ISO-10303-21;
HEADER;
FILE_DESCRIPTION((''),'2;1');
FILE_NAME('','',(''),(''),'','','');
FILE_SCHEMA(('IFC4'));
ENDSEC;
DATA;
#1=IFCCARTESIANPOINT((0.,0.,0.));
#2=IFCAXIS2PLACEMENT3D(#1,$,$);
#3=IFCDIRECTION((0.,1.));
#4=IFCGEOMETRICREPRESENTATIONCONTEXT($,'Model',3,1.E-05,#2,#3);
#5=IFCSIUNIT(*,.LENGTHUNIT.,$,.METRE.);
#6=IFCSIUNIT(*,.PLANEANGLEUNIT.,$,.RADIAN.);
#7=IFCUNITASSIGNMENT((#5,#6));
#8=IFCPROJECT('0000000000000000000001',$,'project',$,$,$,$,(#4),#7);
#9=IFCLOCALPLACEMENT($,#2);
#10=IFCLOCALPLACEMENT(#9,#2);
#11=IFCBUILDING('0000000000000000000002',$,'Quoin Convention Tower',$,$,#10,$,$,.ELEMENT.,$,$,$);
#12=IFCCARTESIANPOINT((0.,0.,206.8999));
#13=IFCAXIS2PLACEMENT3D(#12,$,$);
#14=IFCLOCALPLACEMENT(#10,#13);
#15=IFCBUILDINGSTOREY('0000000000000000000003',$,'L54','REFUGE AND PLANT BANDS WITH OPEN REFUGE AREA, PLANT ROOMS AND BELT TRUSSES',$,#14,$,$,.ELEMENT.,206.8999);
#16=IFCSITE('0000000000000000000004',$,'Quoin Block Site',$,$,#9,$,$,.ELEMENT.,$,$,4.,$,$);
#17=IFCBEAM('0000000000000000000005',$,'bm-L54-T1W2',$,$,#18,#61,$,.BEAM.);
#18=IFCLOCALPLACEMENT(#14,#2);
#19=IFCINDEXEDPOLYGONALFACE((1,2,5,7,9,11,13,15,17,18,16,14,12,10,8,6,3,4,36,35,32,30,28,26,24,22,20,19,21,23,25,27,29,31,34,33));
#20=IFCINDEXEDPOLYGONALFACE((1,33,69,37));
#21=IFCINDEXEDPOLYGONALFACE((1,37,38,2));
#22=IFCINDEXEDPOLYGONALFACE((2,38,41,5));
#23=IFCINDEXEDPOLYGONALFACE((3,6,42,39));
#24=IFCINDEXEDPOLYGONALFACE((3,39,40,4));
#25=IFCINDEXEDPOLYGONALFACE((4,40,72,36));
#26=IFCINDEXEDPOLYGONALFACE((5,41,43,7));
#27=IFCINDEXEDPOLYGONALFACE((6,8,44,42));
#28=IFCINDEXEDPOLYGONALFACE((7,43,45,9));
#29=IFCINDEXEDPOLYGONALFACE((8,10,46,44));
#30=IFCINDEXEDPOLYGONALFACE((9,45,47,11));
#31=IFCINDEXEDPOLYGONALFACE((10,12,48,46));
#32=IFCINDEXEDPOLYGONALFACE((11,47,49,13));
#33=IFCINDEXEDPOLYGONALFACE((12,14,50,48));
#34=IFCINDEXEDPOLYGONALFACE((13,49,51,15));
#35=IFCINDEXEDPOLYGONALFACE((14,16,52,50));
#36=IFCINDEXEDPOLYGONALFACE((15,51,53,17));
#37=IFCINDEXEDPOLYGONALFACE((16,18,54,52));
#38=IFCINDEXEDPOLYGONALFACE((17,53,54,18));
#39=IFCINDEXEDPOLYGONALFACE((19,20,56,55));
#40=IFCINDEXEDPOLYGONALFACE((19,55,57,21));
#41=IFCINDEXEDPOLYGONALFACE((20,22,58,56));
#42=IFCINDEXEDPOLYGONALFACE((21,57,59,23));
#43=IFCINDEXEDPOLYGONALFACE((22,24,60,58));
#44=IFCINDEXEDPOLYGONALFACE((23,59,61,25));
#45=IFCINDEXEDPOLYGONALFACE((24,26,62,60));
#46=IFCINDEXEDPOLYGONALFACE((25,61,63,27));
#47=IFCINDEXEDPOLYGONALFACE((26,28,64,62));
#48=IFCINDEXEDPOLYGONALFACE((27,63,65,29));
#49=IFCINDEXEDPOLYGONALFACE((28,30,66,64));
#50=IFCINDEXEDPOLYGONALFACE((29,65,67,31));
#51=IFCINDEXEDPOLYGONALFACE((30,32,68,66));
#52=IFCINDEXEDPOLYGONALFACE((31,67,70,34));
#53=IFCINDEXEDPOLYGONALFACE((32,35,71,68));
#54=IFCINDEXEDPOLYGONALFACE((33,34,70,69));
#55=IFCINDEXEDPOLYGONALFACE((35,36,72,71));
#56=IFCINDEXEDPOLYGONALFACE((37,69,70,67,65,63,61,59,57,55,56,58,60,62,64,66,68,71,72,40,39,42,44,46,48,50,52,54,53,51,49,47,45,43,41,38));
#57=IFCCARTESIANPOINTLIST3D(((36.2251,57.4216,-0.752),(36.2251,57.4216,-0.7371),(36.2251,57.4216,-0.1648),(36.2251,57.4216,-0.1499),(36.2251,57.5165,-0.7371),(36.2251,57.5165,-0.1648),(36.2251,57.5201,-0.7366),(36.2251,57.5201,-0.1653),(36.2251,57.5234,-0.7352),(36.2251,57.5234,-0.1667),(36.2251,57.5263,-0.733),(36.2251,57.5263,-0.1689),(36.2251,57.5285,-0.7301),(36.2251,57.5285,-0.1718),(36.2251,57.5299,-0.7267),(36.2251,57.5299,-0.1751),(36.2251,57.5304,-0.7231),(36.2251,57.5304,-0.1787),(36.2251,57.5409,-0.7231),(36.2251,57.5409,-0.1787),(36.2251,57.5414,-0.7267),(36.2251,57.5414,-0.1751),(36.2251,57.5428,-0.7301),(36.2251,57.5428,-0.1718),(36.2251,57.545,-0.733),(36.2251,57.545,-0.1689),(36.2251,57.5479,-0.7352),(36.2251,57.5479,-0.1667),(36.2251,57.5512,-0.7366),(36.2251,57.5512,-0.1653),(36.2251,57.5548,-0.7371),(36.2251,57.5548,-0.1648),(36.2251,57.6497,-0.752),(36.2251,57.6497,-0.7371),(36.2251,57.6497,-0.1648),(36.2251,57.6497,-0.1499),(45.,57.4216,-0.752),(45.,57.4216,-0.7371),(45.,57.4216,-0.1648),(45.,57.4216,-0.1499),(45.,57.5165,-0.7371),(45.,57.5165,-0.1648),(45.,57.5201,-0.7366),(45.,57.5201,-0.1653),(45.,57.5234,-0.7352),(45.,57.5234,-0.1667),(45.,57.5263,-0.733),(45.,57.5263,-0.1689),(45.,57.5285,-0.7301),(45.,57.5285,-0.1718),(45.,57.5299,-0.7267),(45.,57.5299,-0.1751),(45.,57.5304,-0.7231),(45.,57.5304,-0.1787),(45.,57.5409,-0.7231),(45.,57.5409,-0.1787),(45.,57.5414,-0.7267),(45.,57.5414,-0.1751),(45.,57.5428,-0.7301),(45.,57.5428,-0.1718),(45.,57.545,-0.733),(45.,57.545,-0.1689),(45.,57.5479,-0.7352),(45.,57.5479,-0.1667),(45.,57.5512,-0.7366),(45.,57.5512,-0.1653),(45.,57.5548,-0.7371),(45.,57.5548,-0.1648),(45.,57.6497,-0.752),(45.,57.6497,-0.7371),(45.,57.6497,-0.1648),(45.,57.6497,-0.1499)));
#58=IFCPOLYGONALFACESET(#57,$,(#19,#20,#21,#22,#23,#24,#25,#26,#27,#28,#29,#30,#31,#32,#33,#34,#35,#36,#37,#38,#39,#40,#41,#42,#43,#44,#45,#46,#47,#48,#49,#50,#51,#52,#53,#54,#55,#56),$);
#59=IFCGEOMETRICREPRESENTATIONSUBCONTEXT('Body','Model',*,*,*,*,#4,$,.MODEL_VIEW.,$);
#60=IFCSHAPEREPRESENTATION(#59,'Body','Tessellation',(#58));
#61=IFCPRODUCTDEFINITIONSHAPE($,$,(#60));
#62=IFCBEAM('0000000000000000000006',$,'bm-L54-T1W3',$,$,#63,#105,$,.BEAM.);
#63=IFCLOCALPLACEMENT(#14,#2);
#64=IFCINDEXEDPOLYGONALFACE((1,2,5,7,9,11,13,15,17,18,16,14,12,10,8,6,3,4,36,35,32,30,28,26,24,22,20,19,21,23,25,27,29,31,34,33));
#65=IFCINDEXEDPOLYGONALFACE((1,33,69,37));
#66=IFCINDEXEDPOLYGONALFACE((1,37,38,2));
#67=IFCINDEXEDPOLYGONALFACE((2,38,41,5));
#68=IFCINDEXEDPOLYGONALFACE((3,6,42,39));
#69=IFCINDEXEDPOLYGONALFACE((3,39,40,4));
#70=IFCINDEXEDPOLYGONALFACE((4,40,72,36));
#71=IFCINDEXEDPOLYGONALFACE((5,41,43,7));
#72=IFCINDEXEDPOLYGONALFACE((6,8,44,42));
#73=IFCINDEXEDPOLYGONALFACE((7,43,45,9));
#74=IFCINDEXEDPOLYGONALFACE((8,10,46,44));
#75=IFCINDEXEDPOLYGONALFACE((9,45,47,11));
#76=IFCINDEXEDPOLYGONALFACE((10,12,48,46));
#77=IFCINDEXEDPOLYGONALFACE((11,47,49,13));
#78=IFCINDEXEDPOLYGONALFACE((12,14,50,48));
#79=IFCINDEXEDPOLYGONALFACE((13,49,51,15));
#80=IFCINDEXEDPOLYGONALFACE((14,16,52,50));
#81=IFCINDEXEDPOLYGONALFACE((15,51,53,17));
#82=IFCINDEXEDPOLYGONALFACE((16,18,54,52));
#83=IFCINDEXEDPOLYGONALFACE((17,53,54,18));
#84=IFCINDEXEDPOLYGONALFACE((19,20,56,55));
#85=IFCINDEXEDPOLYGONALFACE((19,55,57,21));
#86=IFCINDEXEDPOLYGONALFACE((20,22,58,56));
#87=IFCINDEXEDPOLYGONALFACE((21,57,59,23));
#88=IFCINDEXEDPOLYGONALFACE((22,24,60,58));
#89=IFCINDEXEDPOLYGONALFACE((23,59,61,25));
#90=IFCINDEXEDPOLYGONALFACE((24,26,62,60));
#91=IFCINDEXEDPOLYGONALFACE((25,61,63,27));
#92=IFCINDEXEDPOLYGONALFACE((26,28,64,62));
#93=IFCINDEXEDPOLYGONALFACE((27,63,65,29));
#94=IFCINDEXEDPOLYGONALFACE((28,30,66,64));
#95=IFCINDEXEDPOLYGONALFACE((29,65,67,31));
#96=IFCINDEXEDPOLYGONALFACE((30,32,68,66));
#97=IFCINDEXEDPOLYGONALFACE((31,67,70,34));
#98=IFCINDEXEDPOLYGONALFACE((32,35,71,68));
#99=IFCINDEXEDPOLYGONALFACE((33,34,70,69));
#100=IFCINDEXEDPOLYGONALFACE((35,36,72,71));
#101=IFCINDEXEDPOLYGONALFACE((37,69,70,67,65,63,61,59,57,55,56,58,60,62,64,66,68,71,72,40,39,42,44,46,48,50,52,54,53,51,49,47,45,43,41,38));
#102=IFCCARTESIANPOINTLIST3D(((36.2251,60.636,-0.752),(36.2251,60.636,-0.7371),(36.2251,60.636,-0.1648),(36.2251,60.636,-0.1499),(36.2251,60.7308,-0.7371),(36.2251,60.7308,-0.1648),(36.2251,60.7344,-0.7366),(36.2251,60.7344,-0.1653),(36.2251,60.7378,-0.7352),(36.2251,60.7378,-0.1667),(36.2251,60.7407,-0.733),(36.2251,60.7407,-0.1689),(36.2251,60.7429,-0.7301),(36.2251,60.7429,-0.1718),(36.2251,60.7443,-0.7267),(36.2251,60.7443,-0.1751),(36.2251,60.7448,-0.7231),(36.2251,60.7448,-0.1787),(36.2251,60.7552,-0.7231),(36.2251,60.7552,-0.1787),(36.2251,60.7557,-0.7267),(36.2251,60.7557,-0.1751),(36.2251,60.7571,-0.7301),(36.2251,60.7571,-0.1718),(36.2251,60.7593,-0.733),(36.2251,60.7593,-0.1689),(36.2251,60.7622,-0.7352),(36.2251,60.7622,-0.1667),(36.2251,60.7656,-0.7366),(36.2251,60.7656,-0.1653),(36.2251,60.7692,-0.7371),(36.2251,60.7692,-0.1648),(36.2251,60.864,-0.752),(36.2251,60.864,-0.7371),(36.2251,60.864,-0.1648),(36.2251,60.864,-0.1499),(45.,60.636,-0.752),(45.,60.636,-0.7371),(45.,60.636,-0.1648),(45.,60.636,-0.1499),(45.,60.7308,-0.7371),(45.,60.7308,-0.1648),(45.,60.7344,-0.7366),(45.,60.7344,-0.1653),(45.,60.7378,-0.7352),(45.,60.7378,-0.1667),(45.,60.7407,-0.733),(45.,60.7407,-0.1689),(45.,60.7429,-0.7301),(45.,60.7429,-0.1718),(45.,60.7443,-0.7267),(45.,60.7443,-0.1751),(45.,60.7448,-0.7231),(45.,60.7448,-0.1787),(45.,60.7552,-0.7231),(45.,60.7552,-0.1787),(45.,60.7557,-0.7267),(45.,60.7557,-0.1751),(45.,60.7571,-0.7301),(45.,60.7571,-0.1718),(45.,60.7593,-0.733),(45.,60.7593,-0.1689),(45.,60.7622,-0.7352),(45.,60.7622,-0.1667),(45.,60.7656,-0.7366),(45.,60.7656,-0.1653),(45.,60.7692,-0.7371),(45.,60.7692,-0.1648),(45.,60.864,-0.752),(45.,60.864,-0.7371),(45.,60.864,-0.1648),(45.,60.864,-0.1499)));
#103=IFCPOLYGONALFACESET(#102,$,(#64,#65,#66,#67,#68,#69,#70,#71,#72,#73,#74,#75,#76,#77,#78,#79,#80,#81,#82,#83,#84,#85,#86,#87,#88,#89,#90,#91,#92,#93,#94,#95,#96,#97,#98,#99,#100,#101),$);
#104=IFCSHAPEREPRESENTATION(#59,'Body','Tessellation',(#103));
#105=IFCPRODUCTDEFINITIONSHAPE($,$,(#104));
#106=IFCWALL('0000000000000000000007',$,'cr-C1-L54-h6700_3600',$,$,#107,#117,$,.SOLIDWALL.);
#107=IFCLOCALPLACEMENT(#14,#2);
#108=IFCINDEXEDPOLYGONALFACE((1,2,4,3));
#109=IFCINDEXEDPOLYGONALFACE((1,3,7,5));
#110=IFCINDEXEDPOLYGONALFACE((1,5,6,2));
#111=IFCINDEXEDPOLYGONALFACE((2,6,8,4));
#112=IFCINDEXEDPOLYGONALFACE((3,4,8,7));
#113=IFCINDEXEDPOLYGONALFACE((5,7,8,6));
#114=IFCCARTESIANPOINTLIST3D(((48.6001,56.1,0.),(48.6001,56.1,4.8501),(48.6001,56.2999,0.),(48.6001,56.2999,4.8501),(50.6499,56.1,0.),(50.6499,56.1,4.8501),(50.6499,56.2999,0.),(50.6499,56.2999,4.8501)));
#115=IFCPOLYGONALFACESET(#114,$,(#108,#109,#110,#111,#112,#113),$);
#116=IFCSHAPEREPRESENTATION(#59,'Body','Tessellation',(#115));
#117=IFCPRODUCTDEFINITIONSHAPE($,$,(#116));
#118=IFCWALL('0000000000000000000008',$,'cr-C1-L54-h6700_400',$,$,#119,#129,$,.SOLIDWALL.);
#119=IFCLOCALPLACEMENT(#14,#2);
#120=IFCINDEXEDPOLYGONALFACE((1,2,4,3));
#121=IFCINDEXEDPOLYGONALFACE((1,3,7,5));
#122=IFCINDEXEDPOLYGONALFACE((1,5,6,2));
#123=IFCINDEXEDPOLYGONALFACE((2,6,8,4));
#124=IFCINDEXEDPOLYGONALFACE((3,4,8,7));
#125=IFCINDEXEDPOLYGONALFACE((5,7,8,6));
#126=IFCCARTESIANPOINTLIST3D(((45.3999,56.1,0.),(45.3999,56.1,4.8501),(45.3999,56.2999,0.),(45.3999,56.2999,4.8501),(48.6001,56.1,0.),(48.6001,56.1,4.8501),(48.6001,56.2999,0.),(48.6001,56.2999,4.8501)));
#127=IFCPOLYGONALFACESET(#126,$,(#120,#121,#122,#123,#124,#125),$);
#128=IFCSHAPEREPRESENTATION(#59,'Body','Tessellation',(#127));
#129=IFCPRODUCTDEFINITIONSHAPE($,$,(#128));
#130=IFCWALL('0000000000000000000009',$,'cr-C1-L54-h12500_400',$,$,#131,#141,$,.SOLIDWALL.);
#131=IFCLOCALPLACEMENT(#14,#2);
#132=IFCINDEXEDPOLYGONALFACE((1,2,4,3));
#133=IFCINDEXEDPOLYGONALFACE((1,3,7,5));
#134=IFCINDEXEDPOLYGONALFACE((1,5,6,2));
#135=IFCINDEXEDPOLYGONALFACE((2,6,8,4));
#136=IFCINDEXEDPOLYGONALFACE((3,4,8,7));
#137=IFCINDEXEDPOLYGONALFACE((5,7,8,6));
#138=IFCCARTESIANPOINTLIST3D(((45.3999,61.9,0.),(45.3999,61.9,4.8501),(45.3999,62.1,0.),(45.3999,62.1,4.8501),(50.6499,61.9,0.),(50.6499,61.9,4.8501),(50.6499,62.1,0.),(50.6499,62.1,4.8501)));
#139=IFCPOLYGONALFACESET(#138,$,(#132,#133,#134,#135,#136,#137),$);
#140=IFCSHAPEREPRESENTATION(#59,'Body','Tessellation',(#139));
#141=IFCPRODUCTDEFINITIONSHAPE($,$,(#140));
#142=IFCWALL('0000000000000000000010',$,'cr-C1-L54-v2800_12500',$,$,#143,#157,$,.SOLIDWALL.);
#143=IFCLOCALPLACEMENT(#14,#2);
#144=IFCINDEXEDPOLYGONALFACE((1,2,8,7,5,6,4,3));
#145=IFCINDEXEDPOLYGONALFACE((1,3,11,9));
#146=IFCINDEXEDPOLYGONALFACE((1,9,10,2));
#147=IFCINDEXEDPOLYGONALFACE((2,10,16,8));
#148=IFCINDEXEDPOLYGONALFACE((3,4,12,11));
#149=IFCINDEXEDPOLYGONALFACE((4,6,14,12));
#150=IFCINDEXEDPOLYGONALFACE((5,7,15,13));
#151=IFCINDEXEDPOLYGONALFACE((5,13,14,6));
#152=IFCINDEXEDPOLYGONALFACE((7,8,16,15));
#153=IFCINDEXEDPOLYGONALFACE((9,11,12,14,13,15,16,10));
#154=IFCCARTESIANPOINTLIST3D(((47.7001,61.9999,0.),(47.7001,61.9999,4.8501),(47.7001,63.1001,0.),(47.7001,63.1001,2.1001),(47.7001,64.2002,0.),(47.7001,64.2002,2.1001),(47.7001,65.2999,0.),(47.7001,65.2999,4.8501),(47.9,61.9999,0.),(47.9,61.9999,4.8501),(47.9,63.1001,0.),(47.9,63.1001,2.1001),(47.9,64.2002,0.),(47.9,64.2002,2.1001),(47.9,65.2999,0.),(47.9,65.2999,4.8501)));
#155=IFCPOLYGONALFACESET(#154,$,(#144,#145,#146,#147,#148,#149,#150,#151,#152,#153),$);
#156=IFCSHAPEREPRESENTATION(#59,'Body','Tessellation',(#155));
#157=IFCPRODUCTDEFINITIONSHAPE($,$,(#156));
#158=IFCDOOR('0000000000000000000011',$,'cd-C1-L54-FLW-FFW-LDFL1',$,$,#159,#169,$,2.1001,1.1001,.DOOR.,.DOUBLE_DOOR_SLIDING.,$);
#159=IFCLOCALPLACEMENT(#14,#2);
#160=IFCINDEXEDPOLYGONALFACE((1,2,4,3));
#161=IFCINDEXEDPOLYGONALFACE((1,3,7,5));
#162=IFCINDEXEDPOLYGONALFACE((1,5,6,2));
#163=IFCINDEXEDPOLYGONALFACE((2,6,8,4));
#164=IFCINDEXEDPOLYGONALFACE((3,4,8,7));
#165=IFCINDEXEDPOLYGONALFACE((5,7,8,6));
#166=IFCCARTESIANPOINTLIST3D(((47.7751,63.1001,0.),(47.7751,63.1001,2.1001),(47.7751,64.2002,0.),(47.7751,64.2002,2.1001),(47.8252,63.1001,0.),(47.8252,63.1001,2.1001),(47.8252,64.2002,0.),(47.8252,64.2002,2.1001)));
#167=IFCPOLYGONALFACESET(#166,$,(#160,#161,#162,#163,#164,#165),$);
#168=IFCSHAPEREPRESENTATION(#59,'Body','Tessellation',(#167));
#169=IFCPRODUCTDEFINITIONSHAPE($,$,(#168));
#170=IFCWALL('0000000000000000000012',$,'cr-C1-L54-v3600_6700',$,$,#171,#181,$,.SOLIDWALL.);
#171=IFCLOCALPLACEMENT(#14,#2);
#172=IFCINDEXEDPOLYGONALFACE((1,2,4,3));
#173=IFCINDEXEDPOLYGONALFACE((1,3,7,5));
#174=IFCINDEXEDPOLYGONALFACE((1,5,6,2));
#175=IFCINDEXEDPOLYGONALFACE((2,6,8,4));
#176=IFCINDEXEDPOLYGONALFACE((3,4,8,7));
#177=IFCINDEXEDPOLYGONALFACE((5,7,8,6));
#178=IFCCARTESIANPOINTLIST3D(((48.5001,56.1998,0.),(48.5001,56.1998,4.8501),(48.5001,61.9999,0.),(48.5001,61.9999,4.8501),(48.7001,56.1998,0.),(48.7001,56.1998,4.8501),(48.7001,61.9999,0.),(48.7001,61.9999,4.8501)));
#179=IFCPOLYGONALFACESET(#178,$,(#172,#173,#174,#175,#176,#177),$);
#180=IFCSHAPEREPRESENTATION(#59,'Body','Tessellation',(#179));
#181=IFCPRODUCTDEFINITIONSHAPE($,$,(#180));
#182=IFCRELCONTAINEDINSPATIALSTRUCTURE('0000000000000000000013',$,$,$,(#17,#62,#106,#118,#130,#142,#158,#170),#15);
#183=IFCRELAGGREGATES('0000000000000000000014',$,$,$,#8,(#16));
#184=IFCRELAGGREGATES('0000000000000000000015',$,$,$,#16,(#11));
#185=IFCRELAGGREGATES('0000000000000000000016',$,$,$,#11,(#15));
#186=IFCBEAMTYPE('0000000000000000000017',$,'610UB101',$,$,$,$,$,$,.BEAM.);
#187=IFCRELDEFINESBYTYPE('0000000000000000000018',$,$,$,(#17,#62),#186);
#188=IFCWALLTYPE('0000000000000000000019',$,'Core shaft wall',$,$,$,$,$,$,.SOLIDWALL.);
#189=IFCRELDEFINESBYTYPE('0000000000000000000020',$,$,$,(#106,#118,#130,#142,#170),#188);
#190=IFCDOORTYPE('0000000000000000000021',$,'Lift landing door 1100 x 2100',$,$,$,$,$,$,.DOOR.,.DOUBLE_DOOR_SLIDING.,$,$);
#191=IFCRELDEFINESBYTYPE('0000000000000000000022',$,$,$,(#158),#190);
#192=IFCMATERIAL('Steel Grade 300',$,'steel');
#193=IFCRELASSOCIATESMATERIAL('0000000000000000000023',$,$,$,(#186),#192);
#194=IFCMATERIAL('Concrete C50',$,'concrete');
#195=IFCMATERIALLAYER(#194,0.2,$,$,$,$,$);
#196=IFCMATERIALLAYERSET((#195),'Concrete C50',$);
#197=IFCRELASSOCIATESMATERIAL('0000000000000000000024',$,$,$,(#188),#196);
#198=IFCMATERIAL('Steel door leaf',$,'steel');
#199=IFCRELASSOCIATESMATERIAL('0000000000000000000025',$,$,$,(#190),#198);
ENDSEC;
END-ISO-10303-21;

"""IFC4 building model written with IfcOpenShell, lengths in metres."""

from ifc_helpers import new_model, si_unit, direction, frame, frame_2d, origin, origin_2d, place, context, subcontext, project, spatial, rectangle, i_section, extrude, material, layer, layer_set, material_profile, profile_set, type_object, element, fill, save


model = new_model("IFC4")

# Units and contexts
model_context = context("Model", 3, precision=1e-05, world=origin(), true_north=direction((0.0, 1.0)))
body_context = subcontext(model_context, "Body", "Model", "MODEL_VIEW")
ifc_project = project(units=[si_unit("LENGTHUNIT", "METRE"), si_unit("PLANEANGLEUNIT", "RADIAN")], contexts=[model_context])

# Site, building, storey
site_placement = place(None, origin())
site = spatial("IfcSite", under=ifc_project, at=site_placement, Name="Quoin Block Site", CompositionType="ELEMENT", RefElevation=4.0)
building_placement = place(site_placement, origin())
building = spatial("IfcBuilding", under=site, at=building_placement, Name="Quoin Convention Tower", CompositionType="ELEMENT")
storey_placement = place(building_placement, frame((0.0, 0.0, 206.8999)))
storey = spatial("IfcBuildingStorey", under=building, at=storey_placement, Name="L54", Description="REFUGE AND PLANT BANDS WITH OPEN REFUGE AREA, PLANT ROOMS AND BELT TRUSSES", CompositionType="ELEMENT", Elevation=206.8999)

# Beams
ifc_material_1 = material(Name="Steel Grade 300", Category="steel")
ifc_material_profile = material_profile(ifc_material_1, i_section(OverallWidth=0.228, OverallDepth=0.6021, WebThickness=0.0105, FlangeThickness=0.0149, FilletRadius=0.0139, at=origin_2d()), Name="610UB101")
ifc_profile_set = profile_set([ifc_material_profile], Name="Steel Grade 300")
beam_type = type_object("IfcBeamType", Name="610UB101", PredefinedType="BEAM", material=ifc_profile_set)
for number, where, z_axis, x_axis, name in (
    (1, (36.2251, 57.5356, -0.4509), (1.0, 0.0, 0.0), (0.0, 1.0, 0.0), "bm-L54-T1W2"),
    (2, (36.2251, 60.75, -0.4509), (1.0, 0.0, 0.0), (0.0, 1.0, 0.0), "bm-L54-T1W3"),
):
    element("IfcBeam", number, at=place(storey_placement, frame(where, z_axis=z_axis, x_axis=x_axis)), inside=storey, type_object=beam_type, Name=name, PredefinedType="BEAM", context=body_context, shape_type="SweptSolid", body=[
        extrude(i_section(OverallWidth=0.228, OverallDepth=0.6021, WebThickness=0.0105, FlangeThickness=0.0149, FilletRadius=0.0139, at=origin_2d()), origin(), (0.0, 0.0, 1.0), 8.7749),
    ])

# Walls
ifc_material_2 = material(Name="Concrete C50", Category="concrete")
ifc_layer_1 = layer(ifc_material_2, 0.2)
ifc_layer_set_1 = layer_set([ifc_layer_1], Name="Concrete C50")
wall_type_1 = type_object("IfcWallType", Name="Core shaft wall", PredefinedType="SOLIDWALL", material=ifc_layer_set_1)
wall_1_placement = place(storey_placement, frame((48.6001, 56.2, 0.0), z_axis=(0.0, 0.0, 1.0), x_axis=(1.0, 0.0, 0.0)))
element("IfcWall", 3, at=wall_1_placement, inside=storey, type_object=wall_type_1, Name="cr-C1-L54-h6700_3600", PredefinedType="SOLIDWALL", context=body_context, shape_type="SweptSolid", body=[
    extrude(rectangle(XDim=2.0498, YDim=0.2, at=frame_2d((1.0249, 0.0))), origin(), (0.0, 0.0, 1.0), 4.8501),
])
wall_2_placement = place(storey_placement, frame((45.3999, 56.2, 0.0), z_axis=(0.0, 0.0, 1.0), x_axis=(1.0, 0.0, 0.0)))
element("IfcWall", 4, at=wall_2_placement, inside=storey, type_object=wall_type_1, Name="cr-C1-L54-h6700_400", PredefinedType="SOLIDWALL", context=body_context, shape_type="SweptSolid", body=[
    extrude(rectangle(XDim=3.2002, YDim=0.2, at=frame_2d((1.6001, 0.0))), origin(), (0.0, 0.0, 1.0), 4.8501),
])
wall_3_placement = place(storey_placement, frame((45.3999, 62.0, 0.0), z_axis=(0.0, 0.0, 1.0), x_axis=(1.0, 0.0, 0.0)))
element("IfcWall", 5, at=wall_3_placement, inside=storey, type_object=wall_type_1, Name="cr-C1-L54-h12500_400", PredefinedType="SOLIDWALL", context=body_context, shape_type="SweptSolid", body=[
    extrude(rectangle(XDim=5.25, YDim=0.2, at=frame_2d((2.625, 0.0))), origin(), (0.0, 0.0, 1.0), 4.8501),
])

# Wall, opening, door
wall_4_placement = place(storey_placement, frame((47.8, 62.0, 0.0), z_axis=(0.0, 0.0, 1.0), x_axis=(0.0, 1.0, 0.0)))
wall_4 = element("IfcWall", 6, at=wall_4_placement, inside=storey, type_object=wall_type_1, Name="cr-C1-L54-v2800_12500", PredefinedType="SOLIDWALL", context=body_context, shape_type="SweptSolid", body=[
    extrude(rectangle(XDim=3.3, YDim=0.2, at=frame_2d((1.6499, 0.0))), origin(), (0.0, 0.0, 1.0), 4.8501),
])
opening_placement = place(wall_4_placement, frame((1.1001, 0.0, 0.0)))
opening = element("IfcOpeningElement", 7, at=opening_placement, cuts=wall_4, PredefinedType="OPENING", context=body_context, shape_type="SweptSolid", body=[
    extrude(rectangle(XDim=1.1001, YDim=2.1001, at=frame_2d((0.55, 1.05))), frame((0.0, 0.1099, 0.0), z_axis=(0.0, -1.0, 0.0), x_axis=(1.0, 0.0, 0.0)), (0.0, 0.0, 1.0), 0.22),
])
ifc_material_3 = material(Name="Steel door leaf", Category="steel")
door_type = type_object("IfcDoorType", Name="Lift landing door 1100 x 2100", OperationType="DOUBLE_DOOR_SLIDING", PredefinedType="DOOR", material=ifc_material_3)
door_placement = place(opening_placement, origin())
door = element("IfcDoor", 8, at=door_placement, inside=storey, type_object=door_type, Name="cd-C1-L54-FLW-FFW-LDFL1", OperationType="DOUBLE_DOOR_SLIDING", OverallHeight=2.1001, OverallWidth=1.1001, PredefinedType="DOOR", context=body_context, shape_type="SweptSolid", body=[
    extrude(rectangle(XDim=1.1001, YDim=2.1001, at=frame_2d((0.55, 1.05))), frame((0.0, 0.0249, 0.0), z_axis=(0.0, -1.0, 0.0), x_axis=(1.0, 0.0, 0.0)), (0.0, 0.0, 1.0), 0.05),
])
fill(opening, door)

# Wall
wall_5_placement = place(storey_placement, frame((48.6001, 56.2, 0.0), z_axis=(0.0, 0.0, 1.0), x_axis=(0.0, 1.0, 0.0)))
element("IfcWall", 9, at=wall_5_placement, inside=storey, type_object=wall_type_1, Name="cr-C1-L54-v3600_6700", PredefinedType="SOLIDWALL", context=body_context, shape_type="SweptSolid", body=[
    extrude(rectangle(XDim=5.8, YDim=0.2, at=frame_2d((2.8999, 0.0))), origin(), (0.0, 0.0, 1.0), 4.8501),
])

save(model, "model.ifc")
